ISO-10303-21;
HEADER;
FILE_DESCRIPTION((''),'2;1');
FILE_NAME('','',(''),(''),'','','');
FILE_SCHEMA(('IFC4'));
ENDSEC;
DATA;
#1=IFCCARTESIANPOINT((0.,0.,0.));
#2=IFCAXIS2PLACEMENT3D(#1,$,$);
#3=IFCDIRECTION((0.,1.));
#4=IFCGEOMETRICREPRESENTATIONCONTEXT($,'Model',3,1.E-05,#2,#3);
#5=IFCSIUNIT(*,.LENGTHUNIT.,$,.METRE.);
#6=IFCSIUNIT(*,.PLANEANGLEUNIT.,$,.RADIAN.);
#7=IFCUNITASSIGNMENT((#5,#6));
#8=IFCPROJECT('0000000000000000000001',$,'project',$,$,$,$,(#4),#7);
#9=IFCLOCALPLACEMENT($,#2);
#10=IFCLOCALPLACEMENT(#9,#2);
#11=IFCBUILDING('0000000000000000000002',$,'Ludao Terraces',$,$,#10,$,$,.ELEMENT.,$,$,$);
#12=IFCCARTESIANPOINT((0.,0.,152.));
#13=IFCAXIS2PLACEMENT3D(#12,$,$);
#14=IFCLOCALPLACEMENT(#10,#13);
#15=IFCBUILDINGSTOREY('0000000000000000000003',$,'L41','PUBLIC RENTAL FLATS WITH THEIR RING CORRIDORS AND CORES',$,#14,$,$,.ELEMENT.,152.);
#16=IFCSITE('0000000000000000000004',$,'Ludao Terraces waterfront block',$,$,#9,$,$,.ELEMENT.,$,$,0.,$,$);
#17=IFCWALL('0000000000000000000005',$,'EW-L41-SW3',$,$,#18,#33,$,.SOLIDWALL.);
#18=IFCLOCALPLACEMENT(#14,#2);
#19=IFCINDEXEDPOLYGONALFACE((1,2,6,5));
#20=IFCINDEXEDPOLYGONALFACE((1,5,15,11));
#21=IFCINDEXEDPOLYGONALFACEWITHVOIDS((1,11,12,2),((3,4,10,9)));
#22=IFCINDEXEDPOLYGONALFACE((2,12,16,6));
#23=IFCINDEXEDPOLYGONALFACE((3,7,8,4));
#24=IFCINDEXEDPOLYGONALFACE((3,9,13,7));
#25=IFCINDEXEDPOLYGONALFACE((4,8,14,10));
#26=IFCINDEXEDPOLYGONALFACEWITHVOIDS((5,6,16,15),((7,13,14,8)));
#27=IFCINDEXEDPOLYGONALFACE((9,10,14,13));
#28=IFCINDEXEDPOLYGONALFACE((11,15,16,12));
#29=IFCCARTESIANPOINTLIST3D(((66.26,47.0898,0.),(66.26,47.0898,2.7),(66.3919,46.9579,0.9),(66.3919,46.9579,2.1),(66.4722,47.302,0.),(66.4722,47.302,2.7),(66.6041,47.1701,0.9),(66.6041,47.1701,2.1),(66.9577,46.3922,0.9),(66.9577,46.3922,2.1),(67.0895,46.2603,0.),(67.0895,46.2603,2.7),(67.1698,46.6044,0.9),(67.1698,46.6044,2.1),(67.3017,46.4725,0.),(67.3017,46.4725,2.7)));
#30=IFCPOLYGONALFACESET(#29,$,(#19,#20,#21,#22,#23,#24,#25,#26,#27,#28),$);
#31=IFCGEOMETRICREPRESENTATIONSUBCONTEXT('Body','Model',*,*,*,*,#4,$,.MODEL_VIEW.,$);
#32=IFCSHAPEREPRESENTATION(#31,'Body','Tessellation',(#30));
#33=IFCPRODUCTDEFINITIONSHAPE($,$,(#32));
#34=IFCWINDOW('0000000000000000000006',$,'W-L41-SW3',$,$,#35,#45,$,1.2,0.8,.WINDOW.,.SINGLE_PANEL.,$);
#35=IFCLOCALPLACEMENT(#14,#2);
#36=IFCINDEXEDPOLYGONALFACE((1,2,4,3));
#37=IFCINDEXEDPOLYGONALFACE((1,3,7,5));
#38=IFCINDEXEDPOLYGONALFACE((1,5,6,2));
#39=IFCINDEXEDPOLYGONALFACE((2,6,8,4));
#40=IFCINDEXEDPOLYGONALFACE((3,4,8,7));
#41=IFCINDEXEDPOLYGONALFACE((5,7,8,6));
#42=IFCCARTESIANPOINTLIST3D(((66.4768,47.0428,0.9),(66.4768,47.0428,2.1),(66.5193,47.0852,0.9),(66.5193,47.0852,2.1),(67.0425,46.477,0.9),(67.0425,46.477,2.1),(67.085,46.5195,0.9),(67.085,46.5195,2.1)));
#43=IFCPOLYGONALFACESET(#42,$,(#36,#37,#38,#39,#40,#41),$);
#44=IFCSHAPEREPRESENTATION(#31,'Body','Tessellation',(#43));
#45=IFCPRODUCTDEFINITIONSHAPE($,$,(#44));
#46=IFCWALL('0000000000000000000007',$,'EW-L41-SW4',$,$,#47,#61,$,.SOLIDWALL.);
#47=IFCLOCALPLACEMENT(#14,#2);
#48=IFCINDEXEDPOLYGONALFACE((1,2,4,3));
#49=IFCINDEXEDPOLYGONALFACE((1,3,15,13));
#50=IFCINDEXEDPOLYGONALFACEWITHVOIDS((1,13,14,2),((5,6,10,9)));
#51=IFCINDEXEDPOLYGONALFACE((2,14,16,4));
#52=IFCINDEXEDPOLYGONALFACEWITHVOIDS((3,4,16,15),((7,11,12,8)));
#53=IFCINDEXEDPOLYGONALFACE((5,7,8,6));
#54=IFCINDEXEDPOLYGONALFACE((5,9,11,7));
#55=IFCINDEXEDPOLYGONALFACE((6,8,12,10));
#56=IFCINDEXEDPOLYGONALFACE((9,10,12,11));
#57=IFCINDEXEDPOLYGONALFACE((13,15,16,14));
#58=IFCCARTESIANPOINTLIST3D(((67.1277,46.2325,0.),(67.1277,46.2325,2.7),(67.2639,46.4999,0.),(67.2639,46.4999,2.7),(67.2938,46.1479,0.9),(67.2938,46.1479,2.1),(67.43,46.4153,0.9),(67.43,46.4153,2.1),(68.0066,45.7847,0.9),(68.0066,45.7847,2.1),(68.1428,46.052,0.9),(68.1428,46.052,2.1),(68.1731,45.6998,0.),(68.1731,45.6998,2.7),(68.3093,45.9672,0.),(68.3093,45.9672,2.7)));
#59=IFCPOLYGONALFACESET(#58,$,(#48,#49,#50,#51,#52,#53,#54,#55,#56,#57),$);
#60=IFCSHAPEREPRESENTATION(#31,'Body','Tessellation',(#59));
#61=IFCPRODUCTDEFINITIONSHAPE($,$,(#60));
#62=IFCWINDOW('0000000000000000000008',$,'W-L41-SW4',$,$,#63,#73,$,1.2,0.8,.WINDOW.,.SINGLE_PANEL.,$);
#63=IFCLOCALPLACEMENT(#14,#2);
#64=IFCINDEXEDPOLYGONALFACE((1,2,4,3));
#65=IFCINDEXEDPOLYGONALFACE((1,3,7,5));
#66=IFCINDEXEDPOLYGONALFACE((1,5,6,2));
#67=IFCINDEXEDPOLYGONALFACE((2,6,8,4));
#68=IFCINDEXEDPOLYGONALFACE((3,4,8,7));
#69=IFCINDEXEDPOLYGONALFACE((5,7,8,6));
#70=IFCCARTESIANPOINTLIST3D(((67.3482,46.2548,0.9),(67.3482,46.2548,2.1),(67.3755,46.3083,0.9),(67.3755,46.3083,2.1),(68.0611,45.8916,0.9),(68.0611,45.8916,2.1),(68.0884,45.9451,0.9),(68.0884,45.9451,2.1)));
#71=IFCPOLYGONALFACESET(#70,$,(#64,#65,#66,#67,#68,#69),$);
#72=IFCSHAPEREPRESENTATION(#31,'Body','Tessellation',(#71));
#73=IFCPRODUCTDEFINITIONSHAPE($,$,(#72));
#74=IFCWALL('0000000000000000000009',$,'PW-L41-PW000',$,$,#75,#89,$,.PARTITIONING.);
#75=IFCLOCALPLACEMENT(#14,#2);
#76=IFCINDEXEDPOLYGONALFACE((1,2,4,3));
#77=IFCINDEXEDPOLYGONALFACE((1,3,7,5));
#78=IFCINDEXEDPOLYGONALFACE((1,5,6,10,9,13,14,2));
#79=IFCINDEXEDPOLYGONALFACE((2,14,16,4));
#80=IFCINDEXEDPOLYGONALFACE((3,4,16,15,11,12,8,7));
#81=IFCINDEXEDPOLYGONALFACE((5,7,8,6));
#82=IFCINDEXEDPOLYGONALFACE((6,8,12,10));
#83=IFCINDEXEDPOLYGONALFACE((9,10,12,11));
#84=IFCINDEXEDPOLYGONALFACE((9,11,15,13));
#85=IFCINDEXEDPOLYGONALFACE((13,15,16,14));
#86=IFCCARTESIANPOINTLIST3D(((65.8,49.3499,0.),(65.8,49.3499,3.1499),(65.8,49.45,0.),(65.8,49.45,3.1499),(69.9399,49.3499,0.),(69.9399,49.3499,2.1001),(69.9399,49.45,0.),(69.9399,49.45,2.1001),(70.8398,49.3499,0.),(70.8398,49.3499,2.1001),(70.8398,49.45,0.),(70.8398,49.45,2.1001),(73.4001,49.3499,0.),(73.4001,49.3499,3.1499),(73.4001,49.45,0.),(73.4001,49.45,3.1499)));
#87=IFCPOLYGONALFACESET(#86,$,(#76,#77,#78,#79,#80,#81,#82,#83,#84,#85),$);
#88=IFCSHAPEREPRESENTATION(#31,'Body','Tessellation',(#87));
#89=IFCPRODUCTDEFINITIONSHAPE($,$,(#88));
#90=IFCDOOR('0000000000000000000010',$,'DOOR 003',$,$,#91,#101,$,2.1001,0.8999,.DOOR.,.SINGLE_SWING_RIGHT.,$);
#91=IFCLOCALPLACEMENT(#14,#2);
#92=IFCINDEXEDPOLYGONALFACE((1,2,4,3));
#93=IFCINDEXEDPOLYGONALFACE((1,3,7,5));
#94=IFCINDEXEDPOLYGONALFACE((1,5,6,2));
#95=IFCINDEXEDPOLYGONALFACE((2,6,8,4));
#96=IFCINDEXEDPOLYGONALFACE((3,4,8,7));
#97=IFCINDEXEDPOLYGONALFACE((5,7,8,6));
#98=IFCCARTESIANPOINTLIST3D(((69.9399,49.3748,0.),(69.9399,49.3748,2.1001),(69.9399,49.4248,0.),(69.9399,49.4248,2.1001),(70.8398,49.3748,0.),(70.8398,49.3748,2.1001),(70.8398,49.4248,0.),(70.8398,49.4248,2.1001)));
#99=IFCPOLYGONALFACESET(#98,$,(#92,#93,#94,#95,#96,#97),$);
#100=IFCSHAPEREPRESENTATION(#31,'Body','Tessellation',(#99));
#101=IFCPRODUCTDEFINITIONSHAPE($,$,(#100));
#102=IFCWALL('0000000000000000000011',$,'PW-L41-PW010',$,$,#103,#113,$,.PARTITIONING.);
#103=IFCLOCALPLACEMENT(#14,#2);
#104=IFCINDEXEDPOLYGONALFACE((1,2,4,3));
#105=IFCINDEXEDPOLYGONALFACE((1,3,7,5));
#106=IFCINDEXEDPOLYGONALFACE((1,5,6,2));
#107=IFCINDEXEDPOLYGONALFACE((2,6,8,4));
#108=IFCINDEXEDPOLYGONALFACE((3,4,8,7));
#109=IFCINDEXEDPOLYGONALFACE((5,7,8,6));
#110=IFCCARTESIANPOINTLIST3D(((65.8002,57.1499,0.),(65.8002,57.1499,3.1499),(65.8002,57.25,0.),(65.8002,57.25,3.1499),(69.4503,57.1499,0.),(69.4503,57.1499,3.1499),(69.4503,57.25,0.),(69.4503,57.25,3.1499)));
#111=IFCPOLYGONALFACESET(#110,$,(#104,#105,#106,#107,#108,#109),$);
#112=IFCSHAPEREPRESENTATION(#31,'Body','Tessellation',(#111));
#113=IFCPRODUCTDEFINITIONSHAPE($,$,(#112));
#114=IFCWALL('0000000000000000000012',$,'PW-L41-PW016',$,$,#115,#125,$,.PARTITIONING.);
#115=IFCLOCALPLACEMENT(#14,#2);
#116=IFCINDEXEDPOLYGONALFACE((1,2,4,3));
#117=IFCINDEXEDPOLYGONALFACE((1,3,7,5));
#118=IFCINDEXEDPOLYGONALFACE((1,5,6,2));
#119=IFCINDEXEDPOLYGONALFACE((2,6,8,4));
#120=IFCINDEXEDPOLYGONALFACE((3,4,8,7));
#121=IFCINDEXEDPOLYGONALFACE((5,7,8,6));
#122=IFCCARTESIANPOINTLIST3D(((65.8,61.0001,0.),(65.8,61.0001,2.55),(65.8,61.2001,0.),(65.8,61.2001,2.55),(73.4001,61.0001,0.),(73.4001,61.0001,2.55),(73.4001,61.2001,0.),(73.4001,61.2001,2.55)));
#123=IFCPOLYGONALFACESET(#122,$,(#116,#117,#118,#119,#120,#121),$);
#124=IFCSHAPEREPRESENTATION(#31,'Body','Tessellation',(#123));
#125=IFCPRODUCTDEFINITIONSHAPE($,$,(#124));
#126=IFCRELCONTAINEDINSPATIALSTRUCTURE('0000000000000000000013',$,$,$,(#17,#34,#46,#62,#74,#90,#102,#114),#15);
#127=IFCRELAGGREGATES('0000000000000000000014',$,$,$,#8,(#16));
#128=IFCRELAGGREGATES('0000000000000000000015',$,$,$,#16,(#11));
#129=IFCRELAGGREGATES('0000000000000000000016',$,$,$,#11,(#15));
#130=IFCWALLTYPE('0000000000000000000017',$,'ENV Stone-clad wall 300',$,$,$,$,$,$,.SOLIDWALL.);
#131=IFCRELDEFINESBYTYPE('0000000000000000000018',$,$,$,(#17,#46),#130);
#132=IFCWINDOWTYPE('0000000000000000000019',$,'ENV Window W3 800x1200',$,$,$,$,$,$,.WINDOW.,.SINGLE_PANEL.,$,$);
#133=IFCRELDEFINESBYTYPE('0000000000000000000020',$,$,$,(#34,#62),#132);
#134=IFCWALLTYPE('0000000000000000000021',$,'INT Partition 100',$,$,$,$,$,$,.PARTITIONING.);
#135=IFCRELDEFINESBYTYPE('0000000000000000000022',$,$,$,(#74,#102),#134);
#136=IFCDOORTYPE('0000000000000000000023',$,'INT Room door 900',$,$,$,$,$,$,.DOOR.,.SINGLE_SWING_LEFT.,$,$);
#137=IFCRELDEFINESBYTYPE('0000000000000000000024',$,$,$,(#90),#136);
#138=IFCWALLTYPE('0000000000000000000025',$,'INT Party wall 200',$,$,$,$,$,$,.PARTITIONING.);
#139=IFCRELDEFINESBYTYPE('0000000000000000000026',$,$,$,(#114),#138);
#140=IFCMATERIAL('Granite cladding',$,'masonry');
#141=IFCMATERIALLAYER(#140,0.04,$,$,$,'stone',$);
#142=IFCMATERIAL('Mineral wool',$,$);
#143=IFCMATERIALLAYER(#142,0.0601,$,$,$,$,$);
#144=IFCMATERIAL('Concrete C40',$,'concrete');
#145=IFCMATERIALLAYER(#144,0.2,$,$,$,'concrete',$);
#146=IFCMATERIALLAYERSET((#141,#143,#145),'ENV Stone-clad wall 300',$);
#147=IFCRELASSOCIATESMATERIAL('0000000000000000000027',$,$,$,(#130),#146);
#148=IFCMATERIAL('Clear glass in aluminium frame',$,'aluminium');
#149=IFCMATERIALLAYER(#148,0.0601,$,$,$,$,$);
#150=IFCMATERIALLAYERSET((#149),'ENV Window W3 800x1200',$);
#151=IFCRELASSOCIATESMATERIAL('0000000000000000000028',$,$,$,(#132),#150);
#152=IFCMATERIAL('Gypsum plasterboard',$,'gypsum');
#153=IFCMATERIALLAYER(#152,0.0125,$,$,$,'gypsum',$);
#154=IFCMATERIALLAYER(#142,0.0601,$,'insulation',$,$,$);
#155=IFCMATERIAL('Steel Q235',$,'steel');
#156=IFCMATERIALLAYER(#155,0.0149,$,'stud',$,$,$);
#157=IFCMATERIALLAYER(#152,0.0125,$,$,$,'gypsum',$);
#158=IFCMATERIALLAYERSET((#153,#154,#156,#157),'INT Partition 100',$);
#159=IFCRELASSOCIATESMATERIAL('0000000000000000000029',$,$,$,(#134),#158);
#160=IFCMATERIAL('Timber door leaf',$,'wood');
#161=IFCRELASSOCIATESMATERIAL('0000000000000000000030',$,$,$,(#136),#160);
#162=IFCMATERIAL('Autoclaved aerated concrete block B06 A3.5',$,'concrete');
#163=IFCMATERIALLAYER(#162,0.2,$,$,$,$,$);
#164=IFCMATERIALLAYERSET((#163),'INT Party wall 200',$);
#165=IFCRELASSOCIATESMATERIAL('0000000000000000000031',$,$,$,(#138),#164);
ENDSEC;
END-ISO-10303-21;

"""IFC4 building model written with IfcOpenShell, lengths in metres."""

from ifc_helpers import new_model, si_unit, direction, frame, frame_2d, origin, place, context, subcontext, project, spatial, rectangle, extrude, material, layer, layer_set, type_object, element, fill, save


model = new_model("IFC4")

# Units and contexts
model_context = context("Model", 3, precision=1e-05, world=origin(), true_north=direction((0.0, 1.0)))
body_context = subcontext(model_context, "Body", "Model", "MODEL_VIEW")
ifc_project = project(units=[si_unit("LENGTHUNIT", "METRE"), si_unit("PLANEANGLEUNIT", "RADIAN")], contexts=[model_context])

# Site, building, storey
site_placement = place(None, origin())
site = spatial("IfcSite", under=ifc_project, at=site_placement, Name="Ludao Terraces waterfront block", CompositionType="ELEMENT", RefElevation=0.0)
building_placement = place(site_placement, origin())
building = spatial("IfcBuilding", under=site, at=building_placement, Name="Ludao Terraces", CompositionType="ELEMENT")
storey_placement = place(building_placement, frame((0.0, 0.0, 152.0)))
storey = spatial("IfcBuildingStorey", under=building, at=storey_placement, Name="L41", Description="PUBLIC RENTAL FLATS WITH THEIR RING CORRIDORS AND CORES", CompositionType="ELEMENT", Elevation=152.0)

# Shared definitions
ifc_material_1 = material(Name="Concrete C40", Category="concrete")

# Shared definitions
ifc_material_2 = material(Name="Granite cladding", Category="masonry")
ifc_layer_1 = layer(ifc_material_2, 0.04, Category="stone")
ifc_material_3 = material(Name="Mineral wool")
ifc_layer_2 = layer(ifc_material_3, 0.0601)
ifc_layer_3 = layer(ifc_material_1, 0.2, Category="concrete")
ifc_layer_set_1 = layer_set([ifc_layer_1, ifc_layer_2, ifc_layer_3], Name="ENV Stone-clad wall 300")
wall_type_1 = type_object("IfcWallType", Name="ENV Stone-clad wall 300", PredefinedType="SOLIDWALL", material=ifc_layer_set_1)
ifc_material_4 = material(Name="Clear glass in aluminium frame", Category="aluminium")

# Walls, openings, windows
ifc_layer_4 = layer(ifc_material_4, 0.0601)
ifc_layer_set_2 = layer_set([ifc_layer_4], Name="ENV Window W3 800x1200")
window_type_1 = type_object("IfcWindowType", Name="ENV Window W3 800x1200", PartitioningType="SINGLE_PANEL", PredefinedType="WINDOW", material=ifc_layer_set_2)
wall_1_placement = place(storey_placement, frame((66.3662, 47.1958, 0.0), z_axis=(0.0, 0.0, 1.0), x_axis=(0.707107, -0.707107, 0.0)))
wall_1 = element("IfcWall", 1, at=wall_1_placement, inside=storey, type_object=wall_type_1, Name="EW-L41-SW3", PredefinedType="SOLIDWALL", context=body_context, shape_type="SweptSolid", body=[
    extrude(rectangle(XDim=1.1731, YDim=0.3, at=frame_2d((0.5864, 0.0))), origin(), (0.0, 0.0, 1.0), 2.7),
])
opening_1_placement = place(wall_1_placement, frame((0.1865, 0.0, 0.8999)))
opening_1 = element("IfcOpeningElement", 2, at=opening_1_placement, cuts=wall_1, PredefinedType="OPENING", context=body_context, shape_type="SweptSolid", body=[
    extrude(rectangle(XDim=0.8, YDim=1.2, at=frame_2d((0.3999, 0.6001))), frame((0.0, 0.1602, 0.0), z_axis=(0.0, -1.0, 0.0), x_axis=(1.0, 0.0, 0.0)), (0.0, 0.0, 1.0), 0.3201),
])
window_1_placement = place(opening_1_placement, origin())
window_1 = element("IfcWindow", 3, at=window_1_placement, inside=storey, type_object=window_type_1, Name="W-L41-SW3", OverallHeight=1.2, OverallWidth=0.8, PartitioningType="SINGLE_PANEL", PredefinedType="WINDOW", context=body_context, shape_type="SweptSolid", body=[
    extrude(rectangle(XDim=0.8, YDim=1.2, at=frame_2d((0.3999, 0.6001))), frame((0.0, 0.03, 0.0), z_axis=(0.0, -1.0, 0.0), x_axis=(1.0, 0.0, 0.0)), (0.0, 0.0, 1.0), 0.0601),
])
fill(opening_1, window_1)
wall_2_placement = place(storey_placement, frame((67.1958, 46.3662, 0.0), z_axis=(0.0, 0.0, 1.0), x_axis=(0.890989, -0.454026, 0.0)))
wall_2 = element("IfcWall", 4, at=wall_2_placement, inside=storey, type_object=wall_type_1, Name="EW-L41-SW4", PredefinedType="SOLIDWALL", context=body_context, shape_type="SweptSolid", body=[
    extrude(rectangle(XDim=1.1733, YDim=0.3, at=frame_2d((0.5867, 0.0))), origin(), (0.0, 0.0, 1.0), 2.7),
])
opening_2_placement = place(wall_2_placement, frame((0.1865, 0.0, 0.8999)))
opening_2 = element("IfcOpeningElement", 5, at=opening_2_placement, cuts=wall_2, PredefinedType="OPENING", context=body_context, shape_type="SweptSolid", body=[
    extrude(rectangle(XDim=0.8, YDim=1.2, at=frame_2d((0.3999, 0.6001))), frame((0.0, 0.1602, 0.0), z_axis=(0.0, -1.0, 0.0), x_axis=(1.0, 0.0, 0.0)), (0.0, 0.0, 1.0), 0.3201),
])
window_2_placement = place(opening_2_placement, origin())
window_2 = element("IfcWindow", 6, at=window_2_placement, inside=storey, type_object=window_type_1, Name="W-L41-SW4", OverallHeight=1.2, OverallWidth=0.8, PartitioningType="SINGLE_PANEL", PredefinedType="WINDOW", context=body_context, shape_type="SweptSolid", body=[
    extrude(rectangle(XDim=0.8, YDim=1.2, at=frame_2d((0.3999, 0.6001))), frame((0.0, 0.03, 0.0), z_axis=(0.0, -1.0, 0.0), x_axis=(1.0, 0.0, 0.0)), (0.0, 0.0, 1.0), 0.0601),
])
fill(opening_2, window_2)

# Wall, opening, door
ifc_material_5 = material(Name="Gypsum plasterboard", Category="gypsum")
ifc_layer_5 = layer(ifc_material_5, 0.0125, Category="gypsum")
ifc_layer_6 = layer(ifc_material_3, 0.0601, Name="insulation")
ifc_material_6 = material(Name="Steel Q235", Category="steel")
ifc_layer_7 = layer(ifc_material_6, 0.0149, Name="stud")
ifc_layer_8 = layer(ifc_material_5, 0.0125, Category="gypsum")
ifc_layer_set_3 = layer_set([ifc_layer_5, ifc_layer_6, ifc_layer_7, ifc_layer_8], Name="INT Partition 100")
wall_type_2 = type_object("IfcWallType", Name="INT Partition 100", PredefinedType="PARTITIONING", material=ifc_layer_set_3)
wall_3_placement = place(storey_placement, frame((65.8, 49.3999, 0.0), z_axis=(0.0, 0.0, 1.0), x_axis=(1.0, 0.0, 0.0)))
wall_3 = element("IfcWall", 7, at=wall_3_placement, inside=storey, type_object=wall_type_2, Name="PW-L41-PW000", PredefinedType="PARTITIONING", context=body_context, shape_type="SweptSolid", body=[
    extrude(rectangle(XDim=7.6001, YDim=0.1001, at=frame_2d((3.8, 0.0))), origin(), (0.0, 0.0, 1.0), 3.1499),
])
opening_3_placement = place(wall_3_placement, frame((4.1399, 0.0, 0.0)))
opening_3 = element("IfcOpeningElement", 8, at=opening_3_placement, cuts=wall_3, PredefinedType="OPENING", context=body_context, shape_type="SweptSolid", body=[
    extrude(rectangle(XDim=0.8999, YDim=2.1001, at=frame_2d((0.45, 1.05))), frame((0.0, 0.0601, 0.0), z_axis=(0.0, -1.0, 0.0), x_axis=(1.0, 0.0, 0.0)), (0.0, 0.0, 1.0), 0.1201),
])
ifc_material_7 = material(Name="Timber door leaf", Category="wood")
door_type_1 = type_object("IfcDoorType", Name="INT Room door 900", OperationType="SINGLE_SWING_LEFT", PredefinedType="DOOR", material=ifc_material_7)
door_1_placement = place(opening_3_placement, origin())
door_1 = element("IfcDoor", 9, at=door_1_placement, inside=storey, type_object=door_type_1, Name="DOOR 003", OperationType="SINGLE_SWING_RIGHT", OverallHeight=2.1001, OverallWidth=0.8999, PredefinedType="DOOR", context=body_context, shape_type="SweptSolid", body=[
    extrude(rectangle(XDim=0.8999, YDim=2.1001, at=frame_2d((0.45, 1.05))), frame((0.0, 0.0249, 0.0), z_axis=(0.0, -1.0, 0.0), x_axis=(1.0, 0.0, 0.0)), (0.0, 0.0, 1.0), 0.05),
])
fill(opening_3, door_1)

# Walls
wall_4_placement = place(storey_placement, frame((65.8, 57.2, 0.0), z_axis=(0.0, 0.0, 1.0), x_axis=(1.0, 0.0, 0.0)))
element("IfcWall", 10, at=wall_4_placement, inside=storey, type_object=wall_type_2, Name="PW-L41-PW010", PredefinedType="PARTITIONING", context=body_context, shape_type="SweptSolid", body=[
    extrude(rectangle(XDim=3.6501, YDim=0.1001, at=frame_2d((1.8252, 0.0))), origin(), (0.0, 0.0, 1.0), 3.1499),
])
ifc_material_8 = material(Name="Autoclaved aerated concrete block B06 A3.5", Category="concrete")
ifc_layer_9 = layer(ifc_material_8, 0.2)
ifc_layer_set_4 = layer_set([ifc_layer_9], Name="INT Party wall 200")
wall_type_3 = type_object("IfcWallType", Name="INT Party wall 200", PredefinedType="PARTITIONING", material=ifc_layer_set_4)
wall_5_placement = place(storey_placement, frame((65.8, 61.1001, 0.0), z_axis=(0.0, 0.0, 1.0), x_axis=(1.0, 0.0, 0.0)))
element("IfcWall", 11, at=wall_5_placement, inside=storey, type_object=wall_type_3, Name="PW-L41-PW016", PredefinedType="PARTITIONING", context=body_context, shape_type="SweptSolid", body=[
    extrude(rectangle(XDim=7.6001, YDim=0.2, at=frame_2d((3.8, 0.0))), origin(), (0.0, 0.0, 1.0), 2.55),
])

save(model, "model.ifc")
